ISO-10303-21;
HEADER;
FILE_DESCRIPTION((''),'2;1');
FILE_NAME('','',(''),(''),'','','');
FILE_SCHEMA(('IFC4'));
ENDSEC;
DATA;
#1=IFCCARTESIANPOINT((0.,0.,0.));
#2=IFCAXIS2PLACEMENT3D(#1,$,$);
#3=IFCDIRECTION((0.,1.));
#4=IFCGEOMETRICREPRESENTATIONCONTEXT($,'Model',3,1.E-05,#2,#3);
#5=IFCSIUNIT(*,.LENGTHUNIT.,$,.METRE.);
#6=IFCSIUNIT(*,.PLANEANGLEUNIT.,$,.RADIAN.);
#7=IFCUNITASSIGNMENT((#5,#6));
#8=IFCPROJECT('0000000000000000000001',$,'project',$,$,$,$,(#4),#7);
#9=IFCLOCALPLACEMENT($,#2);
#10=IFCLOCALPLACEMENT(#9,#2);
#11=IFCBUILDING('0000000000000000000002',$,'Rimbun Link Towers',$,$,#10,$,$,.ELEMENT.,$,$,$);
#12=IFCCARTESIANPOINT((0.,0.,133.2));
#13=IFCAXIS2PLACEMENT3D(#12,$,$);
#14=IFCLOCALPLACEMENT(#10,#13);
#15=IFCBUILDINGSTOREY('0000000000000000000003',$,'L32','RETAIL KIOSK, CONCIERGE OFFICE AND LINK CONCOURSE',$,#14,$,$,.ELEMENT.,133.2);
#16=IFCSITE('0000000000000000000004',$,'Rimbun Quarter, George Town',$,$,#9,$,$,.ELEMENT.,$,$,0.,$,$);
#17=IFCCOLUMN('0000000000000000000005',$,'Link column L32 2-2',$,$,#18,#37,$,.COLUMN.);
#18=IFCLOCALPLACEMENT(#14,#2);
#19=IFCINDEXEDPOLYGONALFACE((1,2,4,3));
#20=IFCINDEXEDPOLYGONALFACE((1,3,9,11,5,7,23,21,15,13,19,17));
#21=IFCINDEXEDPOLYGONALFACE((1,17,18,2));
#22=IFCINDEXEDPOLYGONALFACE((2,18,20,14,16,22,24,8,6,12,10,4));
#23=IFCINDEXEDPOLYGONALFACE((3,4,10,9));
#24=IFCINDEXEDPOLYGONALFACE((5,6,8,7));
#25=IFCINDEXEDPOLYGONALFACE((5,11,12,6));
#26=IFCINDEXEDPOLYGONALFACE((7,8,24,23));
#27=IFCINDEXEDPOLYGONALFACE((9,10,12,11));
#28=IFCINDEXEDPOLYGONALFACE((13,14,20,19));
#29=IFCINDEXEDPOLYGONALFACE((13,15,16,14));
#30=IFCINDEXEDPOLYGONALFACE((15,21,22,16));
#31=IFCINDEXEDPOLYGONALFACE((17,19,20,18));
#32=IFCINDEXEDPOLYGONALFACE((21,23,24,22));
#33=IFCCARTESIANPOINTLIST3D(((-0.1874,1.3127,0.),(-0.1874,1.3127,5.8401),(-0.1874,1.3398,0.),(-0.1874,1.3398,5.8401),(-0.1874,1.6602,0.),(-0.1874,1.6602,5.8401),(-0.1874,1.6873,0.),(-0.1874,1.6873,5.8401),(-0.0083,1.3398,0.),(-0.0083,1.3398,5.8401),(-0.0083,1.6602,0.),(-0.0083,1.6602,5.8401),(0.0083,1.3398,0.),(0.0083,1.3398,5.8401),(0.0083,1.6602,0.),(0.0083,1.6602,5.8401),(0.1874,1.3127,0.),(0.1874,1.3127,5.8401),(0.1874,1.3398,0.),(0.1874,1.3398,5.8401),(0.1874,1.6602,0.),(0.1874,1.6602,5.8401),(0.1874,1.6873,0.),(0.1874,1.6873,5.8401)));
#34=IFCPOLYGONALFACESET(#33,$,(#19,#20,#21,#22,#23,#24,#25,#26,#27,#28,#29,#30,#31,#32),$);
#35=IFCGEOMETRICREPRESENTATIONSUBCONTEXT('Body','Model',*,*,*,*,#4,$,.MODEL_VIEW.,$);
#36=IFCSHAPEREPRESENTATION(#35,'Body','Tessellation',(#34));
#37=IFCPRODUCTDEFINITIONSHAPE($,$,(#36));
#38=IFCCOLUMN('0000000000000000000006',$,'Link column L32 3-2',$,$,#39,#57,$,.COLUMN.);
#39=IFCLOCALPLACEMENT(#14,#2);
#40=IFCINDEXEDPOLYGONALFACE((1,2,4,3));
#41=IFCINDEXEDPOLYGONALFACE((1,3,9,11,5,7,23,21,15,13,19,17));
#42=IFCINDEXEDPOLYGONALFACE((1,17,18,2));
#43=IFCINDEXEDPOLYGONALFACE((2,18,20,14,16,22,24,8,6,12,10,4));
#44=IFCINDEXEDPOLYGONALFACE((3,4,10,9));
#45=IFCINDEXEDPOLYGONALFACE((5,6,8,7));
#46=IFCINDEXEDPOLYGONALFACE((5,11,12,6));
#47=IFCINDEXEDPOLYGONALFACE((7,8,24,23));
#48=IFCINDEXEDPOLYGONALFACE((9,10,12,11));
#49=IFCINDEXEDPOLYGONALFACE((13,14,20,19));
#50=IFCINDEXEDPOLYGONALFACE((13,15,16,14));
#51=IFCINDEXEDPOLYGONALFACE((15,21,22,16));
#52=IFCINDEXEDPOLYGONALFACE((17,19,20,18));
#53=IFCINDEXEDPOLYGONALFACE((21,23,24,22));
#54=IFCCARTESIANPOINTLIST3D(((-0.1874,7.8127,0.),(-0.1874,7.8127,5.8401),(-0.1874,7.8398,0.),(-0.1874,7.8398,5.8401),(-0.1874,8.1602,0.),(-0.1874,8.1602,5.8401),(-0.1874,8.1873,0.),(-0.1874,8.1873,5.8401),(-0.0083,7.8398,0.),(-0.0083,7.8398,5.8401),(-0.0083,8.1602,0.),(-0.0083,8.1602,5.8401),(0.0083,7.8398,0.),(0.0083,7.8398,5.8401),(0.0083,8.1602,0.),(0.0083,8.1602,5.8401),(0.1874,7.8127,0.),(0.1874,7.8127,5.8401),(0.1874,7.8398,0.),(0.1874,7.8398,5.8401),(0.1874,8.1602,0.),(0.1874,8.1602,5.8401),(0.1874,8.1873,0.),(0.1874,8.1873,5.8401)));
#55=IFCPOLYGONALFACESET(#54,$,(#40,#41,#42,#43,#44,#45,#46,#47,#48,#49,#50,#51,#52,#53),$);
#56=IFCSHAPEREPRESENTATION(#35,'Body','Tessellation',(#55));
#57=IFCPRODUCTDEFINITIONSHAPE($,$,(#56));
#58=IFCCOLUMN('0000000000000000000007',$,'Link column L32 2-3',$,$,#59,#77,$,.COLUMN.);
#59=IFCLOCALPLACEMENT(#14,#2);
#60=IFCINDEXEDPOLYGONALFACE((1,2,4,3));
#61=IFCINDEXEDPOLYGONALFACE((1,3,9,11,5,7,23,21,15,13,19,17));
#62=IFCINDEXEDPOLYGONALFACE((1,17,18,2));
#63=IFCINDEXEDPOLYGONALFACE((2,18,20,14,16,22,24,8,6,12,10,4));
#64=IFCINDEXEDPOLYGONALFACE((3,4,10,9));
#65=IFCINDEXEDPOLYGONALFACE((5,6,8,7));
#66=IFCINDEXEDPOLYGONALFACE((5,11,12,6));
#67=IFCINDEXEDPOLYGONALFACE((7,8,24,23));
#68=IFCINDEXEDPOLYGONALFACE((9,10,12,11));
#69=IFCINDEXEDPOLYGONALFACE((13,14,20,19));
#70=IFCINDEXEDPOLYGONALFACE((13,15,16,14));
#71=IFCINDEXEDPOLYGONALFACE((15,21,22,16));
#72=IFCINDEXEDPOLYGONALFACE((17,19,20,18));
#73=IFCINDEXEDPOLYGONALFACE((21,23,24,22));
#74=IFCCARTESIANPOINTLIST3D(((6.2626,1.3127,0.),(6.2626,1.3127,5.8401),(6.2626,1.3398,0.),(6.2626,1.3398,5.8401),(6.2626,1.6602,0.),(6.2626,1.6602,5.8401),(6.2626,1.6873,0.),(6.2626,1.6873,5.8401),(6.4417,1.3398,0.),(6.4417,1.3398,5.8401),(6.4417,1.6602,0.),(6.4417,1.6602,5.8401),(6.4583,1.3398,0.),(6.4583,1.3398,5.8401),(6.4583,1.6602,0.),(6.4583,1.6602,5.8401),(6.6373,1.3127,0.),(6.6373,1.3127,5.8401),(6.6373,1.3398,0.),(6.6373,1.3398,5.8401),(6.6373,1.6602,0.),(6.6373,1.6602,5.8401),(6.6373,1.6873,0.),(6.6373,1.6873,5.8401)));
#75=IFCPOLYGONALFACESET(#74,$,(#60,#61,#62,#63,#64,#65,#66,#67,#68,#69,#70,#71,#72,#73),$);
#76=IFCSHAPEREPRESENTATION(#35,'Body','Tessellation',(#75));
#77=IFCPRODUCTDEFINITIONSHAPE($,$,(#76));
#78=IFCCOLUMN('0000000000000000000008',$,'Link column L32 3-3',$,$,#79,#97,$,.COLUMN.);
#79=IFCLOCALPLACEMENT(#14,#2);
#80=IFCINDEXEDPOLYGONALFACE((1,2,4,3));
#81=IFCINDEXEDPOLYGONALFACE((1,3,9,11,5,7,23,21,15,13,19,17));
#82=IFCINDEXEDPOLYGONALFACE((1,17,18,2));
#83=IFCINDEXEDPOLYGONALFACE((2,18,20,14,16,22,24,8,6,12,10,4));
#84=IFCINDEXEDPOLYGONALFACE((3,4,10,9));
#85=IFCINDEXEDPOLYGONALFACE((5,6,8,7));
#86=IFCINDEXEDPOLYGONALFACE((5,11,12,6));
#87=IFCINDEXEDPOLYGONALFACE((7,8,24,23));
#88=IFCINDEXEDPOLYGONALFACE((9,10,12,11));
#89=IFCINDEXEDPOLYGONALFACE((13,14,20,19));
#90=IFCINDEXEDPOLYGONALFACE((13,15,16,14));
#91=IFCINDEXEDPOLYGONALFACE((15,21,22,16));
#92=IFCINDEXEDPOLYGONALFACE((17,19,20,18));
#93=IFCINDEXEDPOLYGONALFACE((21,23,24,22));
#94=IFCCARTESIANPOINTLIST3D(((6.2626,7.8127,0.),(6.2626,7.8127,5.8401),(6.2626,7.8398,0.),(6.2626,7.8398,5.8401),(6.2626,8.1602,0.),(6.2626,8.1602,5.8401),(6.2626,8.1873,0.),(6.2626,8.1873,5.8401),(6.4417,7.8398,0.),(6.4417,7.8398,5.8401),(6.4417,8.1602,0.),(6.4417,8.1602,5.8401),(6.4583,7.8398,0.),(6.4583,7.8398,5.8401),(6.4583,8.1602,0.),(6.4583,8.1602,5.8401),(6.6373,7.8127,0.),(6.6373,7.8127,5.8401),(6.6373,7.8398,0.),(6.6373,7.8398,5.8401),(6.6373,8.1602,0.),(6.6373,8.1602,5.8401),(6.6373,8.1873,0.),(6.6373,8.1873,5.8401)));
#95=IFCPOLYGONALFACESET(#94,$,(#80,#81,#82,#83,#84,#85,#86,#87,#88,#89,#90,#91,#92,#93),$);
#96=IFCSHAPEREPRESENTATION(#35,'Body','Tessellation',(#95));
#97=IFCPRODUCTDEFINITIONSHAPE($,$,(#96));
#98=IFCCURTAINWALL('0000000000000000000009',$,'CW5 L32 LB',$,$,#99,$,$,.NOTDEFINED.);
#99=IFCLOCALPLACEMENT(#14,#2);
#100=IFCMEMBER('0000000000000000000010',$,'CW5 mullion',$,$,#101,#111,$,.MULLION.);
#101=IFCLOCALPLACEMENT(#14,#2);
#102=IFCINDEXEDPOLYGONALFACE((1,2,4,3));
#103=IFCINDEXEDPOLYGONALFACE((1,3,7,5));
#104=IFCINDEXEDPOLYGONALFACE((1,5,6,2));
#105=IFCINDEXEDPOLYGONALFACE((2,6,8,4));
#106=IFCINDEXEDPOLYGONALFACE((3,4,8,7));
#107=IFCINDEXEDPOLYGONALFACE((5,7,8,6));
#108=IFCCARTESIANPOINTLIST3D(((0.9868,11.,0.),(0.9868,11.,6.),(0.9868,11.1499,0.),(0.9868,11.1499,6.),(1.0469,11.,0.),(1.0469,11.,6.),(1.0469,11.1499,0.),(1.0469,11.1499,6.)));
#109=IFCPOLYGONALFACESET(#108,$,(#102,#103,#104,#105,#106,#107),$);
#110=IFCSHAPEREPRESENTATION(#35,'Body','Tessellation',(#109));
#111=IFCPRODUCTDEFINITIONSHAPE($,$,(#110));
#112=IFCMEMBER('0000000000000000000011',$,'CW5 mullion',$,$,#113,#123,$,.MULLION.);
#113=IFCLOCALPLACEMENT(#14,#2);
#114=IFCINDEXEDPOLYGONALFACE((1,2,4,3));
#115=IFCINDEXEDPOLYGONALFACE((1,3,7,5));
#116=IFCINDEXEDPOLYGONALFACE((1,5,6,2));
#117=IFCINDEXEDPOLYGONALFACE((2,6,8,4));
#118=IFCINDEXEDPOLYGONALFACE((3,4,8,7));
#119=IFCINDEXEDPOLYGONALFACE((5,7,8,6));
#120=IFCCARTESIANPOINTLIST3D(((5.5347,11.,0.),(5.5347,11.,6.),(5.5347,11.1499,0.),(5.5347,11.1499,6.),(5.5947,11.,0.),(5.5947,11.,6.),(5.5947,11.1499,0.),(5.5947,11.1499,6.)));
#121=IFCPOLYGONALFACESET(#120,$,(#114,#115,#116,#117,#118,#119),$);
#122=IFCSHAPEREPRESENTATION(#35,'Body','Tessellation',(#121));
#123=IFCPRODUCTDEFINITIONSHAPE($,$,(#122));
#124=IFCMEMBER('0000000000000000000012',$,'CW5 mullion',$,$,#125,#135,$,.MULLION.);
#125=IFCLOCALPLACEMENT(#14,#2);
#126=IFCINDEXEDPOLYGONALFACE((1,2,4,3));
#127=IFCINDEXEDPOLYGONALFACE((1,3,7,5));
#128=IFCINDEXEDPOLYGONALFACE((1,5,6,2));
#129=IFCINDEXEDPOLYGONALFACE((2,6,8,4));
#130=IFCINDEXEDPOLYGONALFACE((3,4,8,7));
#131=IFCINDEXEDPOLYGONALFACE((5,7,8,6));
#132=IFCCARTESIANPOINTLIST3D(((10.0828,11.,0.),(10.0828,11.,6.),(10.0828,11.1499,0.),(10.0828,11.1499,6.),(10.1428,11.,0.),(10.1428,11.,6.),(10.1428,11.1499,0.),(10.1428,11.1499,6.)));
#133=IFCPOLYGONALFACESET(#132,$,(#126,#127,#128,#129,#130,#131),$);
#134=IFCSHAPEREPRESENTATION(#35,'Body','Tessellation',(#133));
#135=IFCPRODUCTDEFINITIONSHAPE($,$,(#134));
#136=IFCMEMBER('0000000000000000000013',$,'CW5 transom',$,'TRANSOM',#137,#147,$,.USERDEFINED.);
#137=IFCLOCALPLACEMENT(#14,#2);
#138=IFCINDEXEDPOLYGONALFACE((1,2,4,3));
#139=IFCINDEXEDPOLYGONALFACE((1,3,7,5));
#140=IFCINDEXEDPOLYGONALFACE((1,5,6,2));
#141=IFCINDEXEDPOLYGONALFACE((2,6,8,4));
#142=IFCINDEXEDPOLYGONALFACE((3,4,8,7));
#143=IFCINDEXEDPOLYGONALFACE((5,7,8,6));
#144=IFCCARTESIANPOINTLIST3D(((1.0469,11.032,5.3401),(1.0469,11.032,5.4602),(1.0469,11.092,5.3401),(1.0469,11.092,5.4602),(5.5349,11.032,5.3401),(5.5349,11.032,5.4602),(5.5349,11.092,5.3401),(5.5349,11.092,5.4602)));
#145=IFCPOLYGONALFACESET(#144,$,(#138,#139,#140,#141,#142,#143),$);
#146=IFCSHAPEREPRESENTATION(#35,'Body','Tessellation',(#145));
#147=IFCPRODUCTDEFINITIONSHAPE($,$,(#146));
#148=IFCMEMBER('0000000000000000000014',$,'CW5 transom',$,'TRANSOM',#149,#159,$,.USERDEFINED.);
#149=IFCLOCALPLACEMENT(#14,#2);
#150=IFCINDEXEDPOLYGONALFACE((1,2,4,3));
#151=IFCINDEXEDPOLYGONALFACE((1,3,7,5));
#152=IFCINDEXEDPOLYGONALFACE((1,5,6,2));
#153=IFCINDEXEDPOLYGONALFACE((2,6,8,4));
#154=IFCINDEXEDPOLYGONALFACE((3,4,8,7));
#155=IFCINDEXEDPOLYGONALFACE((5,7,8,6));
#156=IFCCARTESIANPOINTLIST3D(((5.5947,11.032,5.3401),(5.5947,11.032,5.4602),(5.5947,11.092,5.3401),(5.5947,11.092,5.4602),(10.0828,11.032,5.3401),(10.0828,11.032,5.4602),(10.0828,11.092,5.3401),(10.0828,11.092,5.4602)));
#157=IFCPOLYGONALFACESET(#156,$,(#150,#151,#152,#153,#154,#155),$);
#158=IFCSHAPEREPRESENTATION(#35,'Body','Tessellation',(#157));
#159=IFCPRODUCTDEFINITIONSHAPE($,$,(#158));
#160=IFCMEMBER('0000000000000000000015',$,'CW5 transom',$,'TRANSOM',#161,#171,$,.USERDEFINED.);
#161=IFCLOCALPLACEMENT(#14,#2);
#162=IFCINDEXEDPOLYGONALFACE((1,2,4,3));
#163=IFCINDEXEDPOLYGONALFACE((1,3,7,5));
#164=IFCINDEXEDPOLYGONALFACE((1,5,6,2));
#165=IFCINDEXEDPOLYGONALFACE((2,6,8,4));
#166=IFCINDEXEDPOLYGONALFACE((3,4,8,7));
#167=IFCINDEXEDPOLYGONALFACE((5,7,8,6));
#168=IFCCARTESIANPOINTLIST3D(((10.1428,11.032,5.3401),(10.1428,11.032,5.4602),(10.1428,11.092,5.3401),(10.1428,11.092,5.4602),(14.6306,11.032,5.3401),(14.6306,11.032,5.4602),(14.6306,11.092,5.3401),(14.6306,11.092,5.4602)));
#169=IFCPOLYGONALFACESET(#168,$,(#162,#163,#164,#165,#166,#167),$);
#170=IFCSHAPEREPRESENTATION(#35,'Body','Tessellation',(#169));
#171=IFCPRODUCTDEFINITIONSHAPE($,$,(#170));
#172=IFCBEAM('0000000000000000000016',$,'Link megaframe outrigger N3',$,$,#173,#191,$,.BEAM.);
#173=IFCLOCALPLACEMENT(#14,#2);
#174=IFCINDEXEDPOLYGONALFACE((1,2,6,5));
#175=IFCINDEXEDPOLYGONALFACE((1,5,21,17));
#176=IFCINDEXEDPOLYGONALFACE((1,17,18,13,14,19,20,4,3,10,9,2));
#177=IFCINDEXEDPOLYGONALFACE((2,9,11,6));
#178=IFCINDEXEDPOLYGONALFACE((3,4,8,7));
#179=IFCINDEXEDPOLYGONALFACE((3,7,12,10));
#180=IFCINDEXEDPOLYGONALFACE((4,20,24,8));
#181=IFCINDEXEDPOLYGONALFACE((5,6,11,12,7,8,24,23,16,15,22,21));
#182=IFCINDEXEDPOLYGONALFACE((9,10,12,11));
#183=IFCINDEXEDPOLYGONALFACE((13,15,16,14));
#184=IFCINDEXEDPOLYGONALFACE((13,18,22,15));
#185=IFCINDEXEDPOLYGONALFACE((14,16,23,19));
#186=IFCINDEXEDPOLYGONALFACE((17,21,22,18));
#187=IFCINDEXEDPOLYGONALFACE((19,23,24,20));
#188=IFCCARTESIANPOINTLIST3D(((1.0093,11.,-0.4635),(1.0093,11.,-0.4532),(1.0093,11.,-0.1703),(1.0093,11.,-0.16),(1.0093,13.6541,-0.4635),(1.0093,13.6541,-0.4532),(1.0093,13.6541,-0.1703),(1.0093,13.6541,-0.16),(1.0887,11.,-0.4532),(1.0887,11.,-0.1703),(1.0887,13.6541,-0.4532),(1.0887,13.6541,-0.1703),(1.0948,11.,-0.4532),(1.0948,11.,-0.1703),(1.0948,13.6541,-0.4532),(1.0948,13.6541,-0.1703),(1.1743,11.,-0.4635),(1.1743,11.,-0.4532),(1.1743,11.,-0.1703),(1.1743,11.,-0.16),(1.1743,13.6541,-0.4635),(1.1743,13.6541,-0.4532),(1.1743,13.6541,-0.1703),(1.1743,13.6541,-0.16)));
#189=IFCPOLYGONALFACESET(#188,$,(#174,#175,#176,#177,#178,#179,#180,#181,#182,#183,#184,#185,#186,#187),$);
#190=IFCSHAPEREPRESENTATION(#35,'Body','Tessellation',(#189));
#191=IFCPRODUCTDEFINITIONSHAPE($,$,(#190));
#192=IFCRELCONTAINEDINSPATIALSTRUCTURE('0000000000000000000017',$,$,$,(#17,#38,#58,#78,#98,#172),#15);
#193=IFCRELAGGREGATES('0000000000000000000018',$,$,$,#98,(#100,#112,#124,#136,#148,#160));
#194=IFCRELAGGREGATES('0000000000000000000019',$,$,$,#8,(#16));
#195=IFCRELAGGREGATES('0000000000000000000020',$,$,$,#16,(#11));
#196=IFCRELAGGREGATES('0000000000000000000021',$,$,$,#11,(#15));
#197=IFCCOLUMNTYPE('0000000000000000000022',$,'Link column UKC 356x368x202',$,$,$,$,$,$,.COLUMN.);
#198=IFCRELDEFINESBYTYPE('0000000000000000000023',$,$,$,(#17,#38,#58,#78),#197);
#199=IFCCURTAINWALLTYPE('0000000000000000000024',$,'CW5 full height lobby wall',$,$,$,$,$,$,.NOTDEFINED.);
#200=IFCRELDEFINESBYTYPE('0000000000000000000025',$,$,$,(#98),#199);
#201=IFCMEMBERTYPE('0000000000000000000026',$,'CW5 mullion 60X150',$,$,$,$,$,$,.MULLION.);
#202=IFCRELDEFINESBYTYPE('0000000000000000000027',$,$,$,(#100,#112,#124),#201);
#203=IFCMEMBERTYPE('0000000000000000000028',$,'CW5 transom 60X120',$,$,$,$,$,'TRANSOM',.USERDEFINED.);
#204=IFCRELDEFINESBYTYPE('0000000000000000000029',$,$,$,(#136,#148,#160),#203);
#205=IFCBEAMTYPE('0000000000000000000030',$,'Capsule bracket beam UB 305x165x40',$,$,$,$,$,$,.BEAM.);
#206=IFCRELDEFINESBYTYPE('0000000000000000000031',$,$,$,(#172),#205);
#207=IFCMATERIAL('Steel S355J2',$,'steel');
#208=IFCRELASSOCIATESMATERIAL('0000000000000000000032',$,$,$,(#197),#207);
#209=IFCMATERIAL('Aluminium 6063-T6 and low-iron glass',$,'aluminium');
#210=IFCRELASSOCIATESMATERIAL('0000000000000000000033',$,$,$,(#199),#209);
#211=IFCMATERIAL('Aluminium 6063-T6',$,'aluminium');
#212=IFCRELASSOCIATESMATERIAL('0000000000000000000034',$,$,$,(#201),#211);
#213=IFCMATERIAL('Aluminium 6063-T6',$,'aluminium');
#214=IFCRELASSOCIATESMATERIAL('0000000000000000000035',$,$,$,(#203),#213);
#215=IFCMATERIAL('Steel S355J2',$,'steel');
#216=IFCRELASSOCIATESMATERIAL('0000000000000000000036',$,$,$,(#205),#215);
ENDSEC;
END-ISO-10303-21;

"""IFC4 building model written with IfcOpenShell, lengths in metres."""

from ifc_helpers import new_model, si_unit, direction, frame, origin, origin_2d, place, context, subcontext, project, spatial, rectangle, i_section, extrude, material, material_profile, profile_set, type_object, element, aggregate, save


model = new_model("IFC4")

# Units and contexts
model_context = context("Model", 3, precision=1e-05, world=origin(), true_north=direction((0.0, 1.0)))
body_context = subcontext(model_context, "Body", "Model", "MODEL_VIEW")
ifc_project = project(units=[si_unit("LENGTHUNIT", "METRE"), si_unit("PLANEANGLEUNIT", "RADIAN")], contexts=[model_context])

# Site, building, storey
site_placement = place(None, origin())
site = spatial("IfcSite", under=ifc_project, at=site_placement, Name="Rimbun Quarter, George Town", CompositionType="ELEMENT", RefElevation=0.0)
building_placement = place(site_placement, origin())
building = spatial("IfcBuilding", under=site, at=building_placement, Name="Rimbun Link Towers", CompositionType="ELEMENT")
storey_placement = place(building_placement, frame((0.0, 0.0, 133.2)))
storey = spatial("IfcBuildingStorey", under=building, at=storey_placement, Name="L32", Description="RETAIL KIOSK, CONCIERGE OFFICE AND LINK CONCOURSE", CompositionType="ELEMENT", Elevation=133.2)

# Columns
ifc_material_1 = material(Name="Steel S355J2", Category="steel")
ifc_material_profile_1 = material_profile(ifc_material_1, i_section(OverallWidth=0.3748, OverallDepth=0.3745, WebThickness=0.0166, FlangeThickness=0.0271, at=origin_2d()), Name="UKC 356x368x202")
ifc_profile_set_1 = profile_set([ifc_material_profile_1], Name="Steel S355J2")
column_type = type_object("IfcColumnType", Name="Link column UKC 356x368x202", PredefinedType="COLUMN", material=ifc_profile_set_1)
for number, where, z_axis, x_axis, name in (
    (1, (0.0, 1.5, 0.0), (0.0, 0.0, 1.0), (1.0, 0.0, 0.0), "Link column L32 2-2"),
    (2, (0.0, 8.0, 0.0), (0.0, 0.0, 1.0), (1.0, 0.0, 0.0), "Link column L32 3-2"),
    (3, (6.45, 1.5, 0.0), (0.0, 0.0, 1.0), (1.0, 0.0, 0.0), "Link column L32 2-3"),
    (4, (6.45, 8.0, 0.0), (0.0, 0.0, 1.0), (1.0, 0.0, 0.0), "Link column L32 3-3"),
):
    element("IfcColumn", number, at=place(storey_placement, frame(where, z_axis=z_axis, x_axis=x_axis)), inside=storey, type_object=column_type, Name=name, PredefinedType="COLUMN", context=body_context, shape_type="SweptSolid", body=[
        extrude(i_section(OverallWidth=0.3748, OverallDepth=0.3745, WebThickness=0.0166, FlangeThickness=0.0271, at=origin_2d()), origin(), (0.0, 0.0, 1.0), 5.8401),
    ])

# Curtain wall, members
ifc_material_2 = material(Name="Aluminium 6063-T6 and low-iron glass", Category="aluminium")
curtain_wall_type = type_object("IfcCurtainWallType", Name="CW5 full height lobby wall", PredefinedType="NOTDEFINED", material=ifc_material_2)
curtain_wall_placement = place(storey_placement, origin())
curtain_wall = element("IfcCurtainWall", 5, at=curtain_wall_placement, inside=storey, type_object=curtain_wall_type, Name="CW5 L32 LB", PredefinedType="NOTDEFINED")
ifc_material_3 = material(Name="Aluminium 6063-T6", Category="aluminium")
ifc_material_profile_2 = material_profile(ifc_material_3, rectangle(XDim=0.1499, YDim=0.0601, at=origin_2d()), Name="MULLION 60X150")
ifc_profile_set_2 = profile_set([ifc_material_profile_2], Name="Aluminium 6063-T6")
member_type_1 = type_object("IfcMemberType", Name="CW5 mullion 60X150", PredefinedType="MULLION", material=ifc_profile_set_2)
member_1_placement = place(storey_placement, frame((1.0168, 11.075, 0.0), z_axis=(0.0, 0.0, 1.0), x_axis=(0.0, 1.0, 0.0)))
member_1 = element("IfcMember", 6, at=member_1_placement, type_object=member_type_1, Name="CW5 mullion", PredefinedType="MULLION", context=body_context, shape_type="SweptSolid", body=[
    extrude(rectangle(XDim=0.1499, YDim=0.0601, at=origin_2d()), origin(), (0.0, 0.0, 1.0), 6.0),
])
member_2_placement = place(storey_placement, frame((5.5647, 11.075, 0.0), z_axis=(0.0, 0.0, 1.0), x_axis=(0.0, 1.0, 0.0)))
member_2 = element("IfcMember", 7, at=member_2_placement, type_object=member_type_1, Name="CW5 mullion", PredefinedType="MULLION", context=body_context, shape_type="SweptSolid", body=[
    extrude(rectangle(XDim=0.1499, YDim=0.0601, at=origin_2d()), origin(), (0.0, 0.0, 1.0), 6.0),
])
member_3_placement = place(storey_placement, frame((10.1128, 11.075, 0.0), z_axis=(0.0, 0.0, 1.0), x_axis=(0.0, 1.0, 0.0)))
member_3 = element("IfcMember", 8, at=member_3_placement, type_object=member_type_1, Name="CW5 mullion", PredefinedType="MULLION", context=body_context, shape_type="SweptSolid", body=[
    extrude(rectangle(XDim=0.1499, YDim=0.0601, at=origin_2d()), origin(), (0.0, 0.0, 1.0), 6.0),
])
ifc_material_4 = material(Name="Aluminium 6063-T6", Category="aluminium")
ifc_material_profile_3 = material_profile(ifc_material_4, rectangle(XDim=0.0601, YDim=0.1201, at=origin_2d()), Name="TRANSOM 60X120")
ifc_profile_set_3 = profile_set([ifc_material_profile_3], Name="Aluminium 6063-T6")
member_type_2 = type_object("IfcMemberType", Name="CW5 transom 60X120", ElementType="TRANSOM", PredefinedType="USERDEFINED", material=ifc_profile_set_3)
member_4_placement = place(storey_placement, frame((1.0469, 11.062, 5.4001), z_axis=(1.0, 0.0, 0.0), x_axis=(0.0, 1.0, 0.0)))
member_4 = element("IfcMember", 9, at=member_4_placement, type_object=member_type_2, Name="CW5 transom", ObjectType="TRANSOM", PredefinedType="USERDEFINED", context=body_context, shape_type="SweptSolid", body=[
    extrude(rectangle(XDim=0.0601, YDim=0.1201, at=origin_2d()), origin(), (0.0, 0.0, 1.0), 4.488),
])
member_5_placement = place(storey_placement, frame((5.5947, 11.062, 5.4001), z_axis=(1.0, 0.0, 0.0), x_axis=(0.0, 1.0, 0.0)))
member_5 = element("IfcMember", 10, at=member_5_placement, type_object=member_type_2, Name="CW5 transom", ObjectType="TRANSOM", PredefinedType="USERDEFINED", context=body_context, shape_type="SweptSolid", body=[
    extrude(rectangle(XDim=0.0601, YDim=0.1201, at=origin_2d()), origin(), (0.0, 0.0, 1.0), 4.488),
])
member_6_placement = place(storey_placement, frame((10.1428, 11.062, 5.4001), z_axis=(1.0, 0.0, 0.0), x_axis=(0.0, 1.0, 0.0)))
member_6 = element("IfcMember", 11, at=member_6_placement, type_object=member_type_2, Name="CW5 transom", ObjectType="TRANSOM", PredefinedType="USERDEFINED", context=body_context, shape_type="SweptSolid", body=[
    extrude(rectangle(XDim=0.0601, YDim=0.1201, at=origin_2d()), origin(), (0.0, 0.0, 1.0), 4.4878),
])

# Beam
ifc_material_5 = material(Name="Steel S355J2", Category="steel")
ifc_material_profile_4 = material_profile(ifc_material_5, i_section(OverallWidth=0.165, OverallDepth=0.3035, WebThickness=0.0061, FlangeThickness=0.0103, at=origin_2d()), Name="UB 305x165x40")
ifc_profile_set_4 = profile_set([ifc_material_profile_4], Name="Steel S355J2")
beam_type_1 = type_object("IfcBeamType", Name="Capsule bracket beam UB 305x165x40", PredefinedType="BEAM", material=ifc_profile_set_4)
for number, where, z_axis, x_axis, name in (
    (12, (1.0918, 11.0, -0.3118), (0.0, 1.0, 0.0), (-1.0, 0.0, 0.0), "Link megaframe outrigger N3"),
):
    element("IfcBeam", number, at=place(storey_placement, frame(where, z_axis=z_axis, x_axis=x_axis)), inside=storey, type_object=beam_type_1, Name=name, PredefinedType="BEAM", context=body_context, shape_type="SweptSolid", body=[
        extrude(i_section(OverallWidth=0.165, OverallDepth=0.3035, WebThickness=0.0061, FlangeThickness=0.0103, at=origin_2d()), origin(), (0.0, 0.0, 1.0), 2.6541),
    ])

aggregate(curtain_wall, [member_1, member_2, member_3, member_4, member_5, member_6])

save(model, "model.ifc")
